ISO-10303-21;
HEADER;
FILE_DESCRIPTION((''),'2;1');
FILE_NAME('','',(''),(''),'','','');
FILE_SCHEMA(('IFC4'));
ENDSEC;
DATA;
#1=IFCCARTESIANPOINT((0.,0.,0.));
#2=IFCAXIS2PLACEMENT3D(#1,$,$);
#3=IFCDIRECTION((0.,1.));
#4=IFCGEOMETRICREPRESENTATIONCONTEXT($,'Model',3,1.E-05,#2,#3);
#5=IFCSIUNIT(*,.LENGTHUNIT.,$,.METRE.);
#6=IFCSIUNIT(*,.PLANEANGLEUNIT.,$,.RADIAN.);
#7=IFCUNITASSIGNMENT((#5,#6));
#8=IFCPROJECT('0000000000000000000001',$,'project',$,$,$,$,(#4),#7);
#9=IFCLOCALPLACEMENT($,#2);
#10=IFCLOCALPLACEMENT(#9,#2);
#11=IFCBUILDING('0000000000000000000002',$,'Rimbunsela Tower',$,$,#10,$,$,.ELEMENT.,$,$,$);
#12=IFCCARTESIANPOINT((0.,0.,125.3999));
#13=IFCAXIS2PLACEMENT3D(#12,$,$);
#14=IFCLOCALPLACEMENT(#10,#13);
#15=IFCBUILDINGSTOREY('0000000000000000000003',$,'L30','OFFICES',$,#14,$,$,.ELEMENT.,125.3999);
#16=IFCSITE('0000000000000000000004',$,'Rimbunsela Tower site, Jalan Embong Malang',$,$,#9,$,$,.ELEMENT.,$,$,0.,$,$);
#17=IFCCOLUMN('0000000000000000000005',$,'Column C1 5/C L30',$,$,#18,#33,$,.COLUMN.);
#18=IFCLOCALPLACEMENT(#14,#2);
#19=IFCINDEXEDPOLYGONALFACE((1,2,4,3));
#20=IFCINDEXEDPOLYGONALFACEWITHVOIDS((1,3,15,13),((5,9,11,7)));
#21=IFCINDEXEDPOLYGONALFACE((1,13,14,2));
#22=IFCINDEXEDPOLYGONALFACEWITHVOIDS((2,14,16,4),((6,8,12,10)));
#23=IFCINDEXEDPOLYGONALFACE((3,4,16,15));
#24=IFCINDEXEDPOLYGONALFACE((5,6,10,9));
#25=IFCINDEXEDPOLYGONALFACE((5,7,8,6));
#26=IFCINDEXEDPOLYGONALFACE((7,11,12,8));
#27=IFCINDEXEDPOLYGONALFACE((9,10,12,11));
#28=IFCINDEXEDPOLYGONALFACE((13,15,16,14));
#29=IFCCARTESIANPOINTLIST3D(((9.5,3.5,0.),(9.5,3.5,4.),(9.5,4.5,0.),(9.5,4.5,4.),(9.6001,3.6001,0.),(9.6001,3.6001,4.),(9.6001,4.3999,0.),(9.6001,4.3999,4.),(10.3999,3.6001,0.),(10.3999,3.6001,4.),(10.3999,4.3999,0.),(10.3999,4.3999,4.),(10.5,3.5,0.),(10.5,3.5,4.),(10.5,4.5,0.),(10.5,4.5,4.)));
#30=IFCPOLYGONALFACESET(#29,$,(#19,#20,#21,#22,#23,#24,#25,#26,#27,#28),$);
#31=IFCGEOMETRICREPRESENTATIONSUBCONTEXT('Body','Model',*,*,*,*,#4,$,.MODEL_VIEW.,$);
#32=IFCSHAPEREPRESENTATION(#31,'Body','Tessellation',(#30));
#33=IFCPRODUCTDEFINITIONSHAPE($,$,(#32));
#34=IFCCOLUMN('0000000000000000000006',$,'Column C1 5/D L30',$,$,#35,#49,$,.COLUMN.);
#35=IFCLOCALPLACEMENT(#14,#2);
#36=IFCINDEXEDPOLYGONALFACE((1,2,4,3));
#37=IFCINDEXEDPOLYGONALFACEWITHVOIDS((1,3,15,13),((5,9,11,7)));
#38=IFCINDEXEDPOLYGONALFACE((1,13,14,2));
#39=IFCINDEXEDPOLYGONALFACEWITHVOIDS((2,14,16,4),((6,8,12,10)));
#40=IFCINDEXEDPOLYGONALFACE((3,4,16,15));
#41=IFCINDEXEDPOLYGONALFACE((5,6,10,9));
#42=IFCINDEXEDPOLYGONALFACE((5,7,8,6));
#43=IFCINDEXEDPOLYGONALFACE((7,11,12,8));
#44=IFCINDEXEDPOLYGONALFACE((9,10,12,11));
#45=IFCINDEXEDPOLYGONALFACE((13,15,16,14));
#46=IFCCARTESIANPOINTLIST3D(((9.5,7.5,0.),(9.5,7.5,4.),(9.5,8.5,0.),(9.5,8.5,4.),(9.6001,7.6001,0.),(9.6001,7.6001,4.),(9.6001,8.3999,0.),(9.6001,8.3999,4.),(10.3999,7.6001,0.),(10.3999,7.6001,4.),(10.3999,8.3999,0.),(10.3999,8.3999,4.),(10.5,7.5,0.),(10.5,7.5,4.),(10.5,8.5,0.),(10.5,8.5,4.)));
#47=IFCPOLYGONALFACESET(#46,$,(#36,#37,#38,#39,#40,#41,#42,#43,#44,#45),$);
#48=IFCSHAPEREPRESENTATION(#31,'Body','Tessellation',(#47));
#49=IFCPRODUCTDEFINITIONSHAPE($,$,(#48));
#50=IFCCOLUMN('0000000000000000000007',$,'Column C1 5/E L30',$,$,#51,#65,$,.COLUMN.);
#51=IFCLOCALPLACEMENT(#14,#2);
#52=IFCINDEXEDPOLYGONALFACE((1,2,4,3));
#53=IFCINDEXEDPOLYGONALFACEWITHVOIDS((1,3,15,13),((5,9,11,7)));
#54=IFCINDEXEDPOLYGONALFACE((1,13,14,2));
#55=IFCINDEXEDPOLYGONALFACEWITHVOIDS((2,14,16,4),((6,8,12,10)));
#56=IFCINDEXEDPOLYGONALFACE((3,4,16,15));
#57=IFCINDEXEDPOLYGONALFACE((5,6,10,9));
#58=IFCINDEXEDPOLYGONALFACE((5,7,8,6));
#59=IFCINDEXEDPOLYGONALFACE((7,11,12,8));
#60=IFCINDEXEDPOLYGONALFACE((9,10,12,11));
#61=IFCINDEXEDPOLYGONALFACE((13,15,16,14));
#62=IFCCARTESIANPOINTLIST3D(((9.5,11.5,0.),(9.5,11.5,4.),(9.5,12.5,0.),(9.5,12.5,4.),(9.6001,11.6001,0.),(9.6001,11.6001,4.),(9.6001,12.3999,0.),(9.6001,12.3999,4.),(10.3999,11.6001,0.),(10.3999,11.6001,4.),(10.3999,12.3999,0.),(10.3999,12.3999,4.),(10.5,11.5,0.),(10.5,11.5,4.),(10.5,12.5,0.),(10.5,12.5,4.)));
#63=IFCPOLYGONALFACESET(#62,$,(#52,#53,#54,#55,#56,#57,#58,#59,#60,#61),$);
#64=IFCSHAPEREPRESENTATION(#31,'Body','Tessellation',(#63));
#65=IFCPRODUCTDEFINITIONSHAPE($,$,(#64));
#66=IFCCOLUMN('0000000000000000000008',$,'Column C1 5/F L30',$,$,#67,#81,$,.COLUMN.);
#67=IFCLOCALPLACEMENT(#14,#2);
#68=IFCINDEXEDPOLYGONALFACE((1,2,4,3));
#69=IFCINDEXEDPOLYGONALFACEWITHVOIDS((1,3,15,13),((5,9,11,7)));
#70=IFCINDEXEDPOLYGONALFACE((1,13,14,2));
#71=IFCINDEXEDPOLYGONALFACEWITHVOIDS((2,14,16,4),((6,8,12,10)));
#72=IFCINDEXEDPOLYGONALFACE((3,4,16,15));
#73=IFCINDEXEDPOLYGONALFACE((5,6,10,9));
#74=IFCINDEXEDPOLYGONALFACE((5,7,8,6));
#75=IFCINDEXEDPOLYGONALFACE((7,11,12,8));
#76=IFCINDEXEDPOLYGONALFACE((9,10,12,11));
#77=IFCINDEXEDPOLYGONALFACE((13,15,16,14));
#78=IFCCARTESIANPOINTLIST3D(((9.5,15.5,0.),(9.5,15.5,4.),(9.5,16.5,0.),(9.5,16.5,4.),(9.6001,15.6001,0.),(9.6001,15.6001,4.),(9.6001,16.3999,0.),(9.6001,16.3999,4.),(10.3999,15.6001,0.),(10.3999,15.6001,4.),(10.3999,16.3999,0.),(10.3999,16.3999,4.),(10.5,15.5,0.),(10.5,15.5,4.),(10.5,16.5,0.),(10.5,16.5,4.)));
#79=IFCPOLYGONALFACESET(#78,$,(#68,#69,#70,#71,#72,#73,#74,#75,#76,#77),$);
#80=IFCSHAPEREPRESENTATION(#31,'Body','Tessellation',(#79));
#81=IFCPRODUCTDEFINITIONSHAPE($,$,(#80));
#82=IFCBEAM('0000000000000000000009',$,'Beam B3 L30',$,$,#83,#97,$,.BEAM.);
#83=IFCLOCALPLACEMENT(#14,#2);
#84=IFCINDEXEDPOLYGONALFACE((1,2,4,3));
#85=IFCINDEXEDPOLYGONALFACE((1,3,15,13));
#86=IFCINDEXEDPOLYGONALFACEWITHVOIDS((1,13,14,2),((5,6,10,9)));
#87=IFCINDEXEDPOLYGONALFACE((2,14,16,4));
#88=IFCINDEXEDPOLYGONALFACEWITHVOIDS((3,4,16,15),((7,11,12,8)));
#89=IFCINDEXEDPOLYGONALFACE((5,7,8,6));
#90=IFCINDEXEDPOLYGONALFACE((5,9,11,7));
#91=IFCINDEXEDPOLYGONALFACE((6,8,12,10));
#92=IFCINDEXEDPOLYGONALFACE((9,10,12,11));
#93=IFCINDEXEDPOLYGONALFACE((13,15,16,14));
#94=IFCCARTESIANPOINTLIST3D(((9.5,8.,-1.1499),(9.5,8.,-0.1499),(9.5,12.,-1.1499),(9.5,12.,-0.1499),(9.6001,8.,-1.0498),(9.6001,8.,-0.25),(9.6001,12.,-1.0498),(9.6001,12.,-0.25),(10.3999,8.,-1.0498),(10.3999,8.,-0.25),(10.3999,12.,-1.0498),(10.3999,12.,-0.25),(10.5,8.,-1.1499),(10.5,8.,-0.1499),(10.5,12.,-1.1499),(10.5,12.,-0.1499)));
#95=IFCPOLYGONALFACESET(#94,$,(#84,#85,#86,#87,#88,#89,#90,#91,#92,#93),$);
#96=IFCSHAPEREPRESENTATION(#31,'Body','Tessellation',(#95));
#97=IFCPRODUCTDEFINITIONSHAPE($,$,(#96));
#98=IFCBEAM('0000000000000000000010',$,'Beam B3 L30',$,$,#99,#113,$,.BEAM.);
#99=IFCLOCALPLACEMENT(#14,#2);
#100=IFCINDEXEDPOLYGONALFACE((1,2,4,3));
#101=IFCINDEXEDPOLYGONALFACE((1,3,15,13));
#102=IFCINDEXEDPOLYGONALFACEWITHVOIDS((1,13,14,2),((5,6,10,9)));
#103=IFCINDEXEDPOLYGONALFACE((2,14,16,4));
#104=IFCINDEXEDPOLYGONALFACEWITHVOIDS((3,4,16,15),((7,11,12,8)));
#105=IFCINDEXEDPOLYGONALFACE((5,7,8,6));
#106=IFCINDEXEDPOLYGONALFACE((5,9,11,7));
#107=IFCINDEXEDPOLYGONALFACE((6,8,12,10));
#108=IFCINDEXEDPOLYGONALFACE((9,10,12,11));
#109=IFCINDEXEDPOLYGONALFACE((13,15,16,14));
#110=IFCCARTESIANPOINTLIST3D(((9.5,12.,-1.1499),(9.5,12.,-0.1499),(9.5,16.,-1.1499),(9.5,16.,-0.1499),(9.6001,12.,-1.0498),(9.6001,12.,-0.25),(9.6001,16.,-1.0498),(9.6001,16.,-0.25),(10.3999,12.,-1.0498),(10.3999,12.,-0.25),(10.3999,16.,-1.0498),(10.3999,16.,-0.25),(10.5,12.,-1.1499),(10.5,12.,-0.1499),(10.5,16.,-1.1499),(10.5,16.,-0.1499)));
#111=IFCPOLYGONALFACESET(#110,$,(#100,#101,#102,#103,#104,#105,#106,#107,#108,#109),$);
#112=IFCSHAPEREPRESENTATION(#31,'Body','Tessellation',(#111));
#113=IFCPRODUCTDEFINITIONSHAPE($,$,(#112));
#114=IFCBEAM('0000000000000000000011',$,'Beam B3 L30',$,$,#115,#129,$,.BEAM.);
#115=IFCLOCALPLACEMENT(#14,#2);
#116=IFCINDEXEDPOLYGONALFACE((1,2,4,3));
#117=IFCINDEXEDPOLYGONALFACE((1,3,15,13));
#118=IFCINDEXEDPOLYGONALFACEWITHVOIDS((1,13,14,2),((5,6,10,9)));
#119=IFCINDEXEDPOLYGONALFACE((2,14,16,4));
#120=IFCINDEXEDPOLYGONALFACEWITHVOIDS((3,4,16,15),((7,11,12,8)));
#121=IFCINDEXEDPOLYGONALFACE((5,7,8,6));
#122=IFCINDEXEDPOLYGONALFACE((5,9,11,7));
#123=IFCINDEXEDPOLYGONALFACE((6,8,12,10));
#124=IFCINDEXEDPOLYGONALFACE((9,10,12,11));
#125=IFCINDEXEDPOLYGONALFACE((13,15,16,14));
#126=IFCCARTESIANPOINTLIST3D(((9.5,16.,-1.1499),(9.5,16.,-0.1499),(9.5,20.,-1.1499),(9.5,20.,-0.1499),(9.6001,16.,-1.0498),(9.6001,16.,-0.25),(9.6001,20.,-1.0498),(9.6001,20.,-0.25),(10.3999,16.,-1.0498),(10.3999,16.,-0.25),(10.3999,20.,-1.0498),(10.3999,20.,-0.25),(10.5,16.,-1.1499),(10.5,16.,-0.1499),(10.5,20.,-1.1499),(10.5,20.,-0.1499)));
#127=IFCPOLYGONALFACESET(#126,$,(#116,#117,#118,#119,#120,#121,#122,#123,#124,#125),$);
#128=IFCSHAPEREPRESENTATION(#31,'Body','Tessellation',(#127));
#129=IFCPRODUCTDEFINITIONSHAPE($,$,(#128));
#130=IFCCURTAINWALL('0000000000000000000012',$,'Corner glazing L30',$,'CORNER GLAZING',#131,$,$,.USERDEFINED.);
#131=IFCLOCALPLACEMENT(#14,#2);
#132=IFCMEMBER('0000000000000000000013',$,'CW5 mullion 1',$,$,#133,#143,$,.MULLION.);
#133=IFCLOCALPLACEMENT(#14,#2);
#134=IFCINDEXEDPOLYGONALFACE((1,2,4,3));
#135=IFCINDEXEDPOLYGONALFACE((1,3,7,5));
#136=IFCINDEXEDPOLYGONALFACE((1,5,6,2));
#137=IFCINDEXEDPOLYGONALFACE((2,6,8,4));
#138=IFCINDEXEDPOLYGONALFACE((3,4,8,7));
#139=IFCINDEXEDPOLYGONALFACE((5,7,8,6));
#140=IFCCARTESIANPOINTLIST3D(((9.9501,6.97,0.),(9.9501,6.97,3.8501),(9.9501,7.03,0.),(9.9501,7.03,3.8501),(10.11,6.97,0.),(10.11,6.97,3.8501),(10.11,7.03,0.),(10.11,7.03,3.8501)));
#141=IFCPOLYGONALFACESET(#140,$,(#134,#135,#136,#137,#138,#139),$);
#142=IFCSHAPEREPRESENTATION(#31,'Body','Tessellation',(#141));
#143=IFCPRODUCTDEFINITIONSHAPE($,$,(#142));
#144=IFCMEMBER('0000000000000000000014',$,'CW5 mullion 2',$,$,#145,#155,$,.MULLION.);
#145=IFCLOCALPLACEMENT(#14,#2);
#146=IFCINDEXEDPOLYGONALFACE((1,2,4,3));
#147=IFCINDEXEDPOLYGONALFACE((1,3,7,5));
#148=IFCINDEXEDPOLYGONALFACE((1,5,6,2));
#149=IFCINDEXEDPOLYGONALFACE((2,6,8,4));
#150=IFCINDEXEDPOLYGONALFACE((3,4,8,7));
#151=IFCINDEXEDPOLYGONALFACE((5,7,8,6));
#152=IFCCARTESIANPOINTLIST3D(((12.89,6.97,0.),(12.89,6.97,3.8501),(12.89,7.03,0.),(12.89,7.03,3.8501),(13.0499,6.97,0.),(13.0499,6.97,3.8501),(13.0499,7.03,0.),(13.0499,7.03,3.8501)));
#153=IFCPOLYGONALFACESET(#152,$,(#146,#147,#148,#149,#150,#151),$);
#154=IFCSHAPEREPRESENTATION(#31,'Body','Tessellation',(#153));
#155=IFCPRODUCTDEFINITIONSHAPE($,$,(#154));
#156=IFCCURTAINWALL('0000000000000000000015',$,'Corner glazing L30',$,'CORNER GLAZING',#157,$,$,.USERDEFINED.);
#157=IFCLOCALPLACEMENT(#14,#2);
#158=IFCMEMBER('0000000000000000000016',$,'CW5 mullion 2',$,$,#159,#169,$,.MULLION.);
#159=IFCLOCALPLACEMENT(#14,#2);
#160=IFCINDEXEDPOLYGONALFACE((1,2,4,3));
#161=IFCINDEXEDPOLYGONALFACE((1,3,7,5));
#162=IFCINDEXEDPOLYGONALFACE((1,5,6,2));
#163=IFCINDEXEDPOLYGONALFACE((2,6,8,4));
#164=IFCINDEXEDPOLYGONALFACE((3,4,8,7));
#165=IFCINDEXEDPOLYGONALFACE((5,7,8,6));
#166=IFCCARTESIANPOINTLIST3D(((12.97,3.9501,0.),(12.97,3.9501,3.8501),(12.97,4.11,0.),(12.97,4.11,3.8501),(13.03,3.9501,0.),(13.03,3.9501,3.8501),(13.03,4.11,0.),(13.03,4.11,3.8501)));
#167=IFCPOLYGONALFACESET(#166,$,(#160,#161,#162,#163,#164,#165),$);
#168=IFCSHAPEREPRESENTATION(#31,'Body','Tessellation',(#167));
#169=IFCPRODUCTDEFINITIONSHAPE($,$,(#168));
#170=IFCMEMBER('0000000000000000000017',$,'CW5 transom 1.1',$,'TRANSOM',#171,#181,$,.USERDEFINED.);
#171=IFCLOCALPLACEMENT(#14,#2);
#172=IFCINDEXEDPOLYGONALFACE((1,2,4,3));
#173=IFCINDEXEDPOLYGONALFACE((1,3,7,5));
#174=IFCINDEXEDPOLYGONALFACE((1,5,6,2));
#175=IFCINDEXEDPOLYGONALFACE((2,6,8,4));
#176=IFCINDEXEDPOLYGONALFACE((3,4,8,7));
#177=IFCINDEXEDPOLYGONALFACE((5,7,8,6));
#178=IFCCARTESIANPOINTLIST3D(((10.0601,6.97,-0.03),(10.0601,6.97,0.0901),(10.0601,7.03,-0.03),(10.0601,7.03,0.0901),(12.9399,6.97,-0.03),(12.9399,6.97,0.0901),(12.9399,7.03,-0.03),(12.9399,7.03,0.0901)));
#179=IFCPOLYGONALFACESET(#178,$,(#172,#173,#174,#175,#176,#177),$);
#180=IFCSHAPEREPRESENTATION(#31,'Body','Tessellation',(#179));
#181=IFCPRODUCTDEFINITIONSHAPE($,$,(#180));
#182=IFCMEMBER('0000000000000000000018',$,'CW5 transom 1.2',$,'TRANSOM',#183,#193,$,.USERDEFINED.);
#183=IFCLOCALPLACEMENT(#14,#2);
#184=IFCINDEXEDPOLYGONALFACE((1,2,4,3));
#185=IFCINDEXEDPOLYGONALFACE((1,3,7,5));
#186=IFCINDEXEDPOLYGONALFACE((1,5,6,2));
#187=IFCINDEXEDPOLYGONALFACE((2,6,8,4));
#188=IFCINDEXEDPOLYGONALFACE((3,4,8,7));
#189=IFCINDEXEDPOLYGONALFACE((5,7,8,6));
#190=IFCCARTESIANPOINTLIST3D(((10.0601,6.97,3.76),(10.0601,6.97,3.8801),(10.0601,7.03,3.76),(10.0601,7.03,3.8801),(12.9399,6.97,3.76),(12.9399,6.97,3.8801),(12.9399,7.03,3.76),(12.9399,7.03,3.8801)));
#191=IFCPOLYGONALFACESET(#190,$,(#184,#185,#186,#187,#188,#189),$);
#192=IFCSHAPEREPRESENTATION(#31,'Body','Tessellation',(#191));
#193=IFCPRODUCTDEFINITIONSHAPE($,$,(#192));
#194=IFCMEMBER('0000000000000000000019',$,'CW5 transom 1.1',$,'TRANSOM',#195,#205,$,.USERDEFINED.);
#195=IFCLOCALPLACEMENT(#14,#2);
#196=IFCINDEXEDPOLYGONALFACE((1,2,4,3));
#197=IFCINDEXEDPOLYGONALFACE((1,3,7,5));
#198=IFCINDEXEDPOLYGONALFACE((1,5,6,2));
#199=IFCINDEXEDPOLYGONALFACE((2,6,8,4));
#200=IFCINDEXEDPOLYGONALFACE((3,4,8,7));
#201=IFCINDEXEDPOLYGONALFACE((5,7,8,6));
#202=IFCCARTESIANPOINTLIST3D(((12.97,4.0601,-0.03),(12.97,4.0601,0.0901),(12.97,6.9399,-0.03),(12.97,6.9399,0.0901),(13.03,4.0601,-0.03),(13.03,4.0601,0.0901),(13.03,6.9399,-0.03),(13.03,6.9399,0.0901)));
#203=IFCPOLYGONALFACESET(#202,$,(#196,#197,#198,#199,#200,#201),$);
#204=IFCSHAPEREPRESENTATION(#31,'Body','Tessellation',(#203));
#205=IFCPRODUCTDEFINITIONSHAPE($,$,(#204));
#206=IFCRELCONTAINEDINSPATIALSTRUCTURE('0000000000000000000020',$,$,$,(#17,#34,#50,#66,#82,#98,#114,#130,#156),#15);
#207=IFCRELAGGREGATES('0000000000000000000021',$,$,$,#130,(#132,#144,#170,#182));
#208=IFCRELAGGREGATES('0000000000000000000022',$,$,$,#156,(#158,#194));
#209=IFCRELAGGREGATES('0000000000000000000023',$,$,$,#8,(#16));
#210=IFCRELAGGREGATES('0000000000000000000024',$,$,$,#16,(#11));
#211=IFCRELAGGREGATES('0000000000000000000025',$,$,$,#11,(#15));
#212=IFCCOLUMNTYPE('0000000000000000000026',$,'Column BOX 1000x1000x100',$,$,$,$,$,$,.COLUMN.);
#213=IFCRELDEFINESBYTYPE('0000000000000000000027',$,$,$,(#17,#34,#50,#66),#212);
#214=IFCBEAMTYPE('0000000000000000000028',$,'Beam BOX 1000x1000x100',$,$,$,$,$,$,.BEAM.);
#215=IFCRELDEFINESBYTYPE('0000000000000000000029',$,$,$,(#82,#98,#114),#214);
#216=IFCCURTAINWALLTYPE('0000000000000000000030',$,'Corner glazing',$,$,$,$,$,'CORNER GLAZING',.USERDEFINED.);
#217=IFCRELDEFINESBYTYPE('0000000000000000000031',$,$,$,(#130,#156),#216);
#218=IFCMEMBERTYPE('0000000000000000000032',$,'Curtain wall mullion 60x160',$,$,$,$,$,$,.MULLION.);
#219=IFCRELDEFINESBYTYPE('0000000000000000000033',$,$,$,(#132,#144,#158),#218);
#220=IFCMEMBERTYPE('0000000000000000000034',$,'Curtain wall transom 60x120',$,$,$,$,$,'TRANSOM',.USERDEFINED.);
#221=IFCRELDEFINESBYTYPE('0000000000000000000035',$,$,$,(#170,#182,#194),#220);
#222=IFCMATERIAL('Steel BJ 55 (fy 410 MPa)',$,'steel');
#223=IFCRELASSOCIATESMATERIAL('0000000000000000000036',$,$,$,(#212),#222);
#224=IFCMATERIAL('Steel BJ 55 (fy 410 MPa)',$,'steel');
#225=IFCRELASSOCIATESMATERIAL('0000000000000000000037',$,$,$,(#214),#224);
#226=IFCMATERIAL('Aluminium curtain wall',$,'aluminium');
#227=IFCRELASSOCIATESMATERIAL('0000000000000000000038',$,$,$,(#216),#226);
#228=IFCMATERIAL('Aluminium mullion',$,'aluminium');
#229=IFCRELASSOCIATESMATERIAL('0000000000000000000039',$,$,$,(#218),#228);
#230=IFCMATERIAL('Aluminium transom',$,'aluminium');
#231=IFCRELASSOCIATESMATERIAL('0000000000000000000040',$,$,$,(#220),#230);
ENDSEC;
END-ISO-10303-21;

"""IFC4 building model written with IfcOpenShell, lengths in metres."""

from ifc_helpers import new_model, si_unit, direction, frame, origin, origin_2d, place, context, subcontext, project, spatial, rectangle, hollow_rectangle, extrude, material, material_profile, profile_set, type_object, element, aggregate, save


model = new_model("IFC4")

# Units and contexts
model_context = context("Model", 3, precision=1e-05, world=origin(), true_north=direction((0.0, 1.0)))
body_context = subcontext(model_context, "Body", "Model", "MODEL_VIEW")
ifc_project = project(units=[si_unit("LENGTHUNIT", "METRE"), si_unit("PLANEANGLEUNIT", "RADIAN")], contexts=[model_context])

# Site, building, storey
site_placement = place(None, origin())
site = spatial("IfcSite", under=ifc_project, at=site_placement, Name="Rimbunsela Tower site, Jalan Embong Malang", CompositionType="ELEMENT", RefElevation=0.0)
building_placement = place(site_placement, origin())
building = spatial("IfcBuilding", under=site, at=building_placement, Name="Rimbunsela Tower", CompositionType="ELEMENT")
storey_placement = place(building_placement, frame((0.0, 0.0, 125.3999)))
storey = spatial("IfcBuildingStorey", under=building, at=storey_placement, Name="L30", Description="OFFICES", CompositionType="ELEMENT", Elevation=125.3999)

# Columns
ifc_material_1 = material(Name="Steel BJ 55 (fy 410 MPa)", Category="steel")
ifc_material_profile_1 = material_profile(ifc_material_1, hollow_rectangle(XDim=1.0, YDim=1.0, WallThickness=0.1001, at=origin_2d()), Name="BOX 1000x1000x100")
ifc_profile_set_1 = profile_set([ifc_material_profile_1], Name="Steel BJ 55 (fy 410 MPa)")
column_type = type_object("IfcColumnType", Name="Column BOX 1000x1000x100", PredefinedType="COLUMN", material=ifc_profile_set_1)
for number, where, z_axis, x_axis, name in (
    (1, (10.0, 4.0, 0.0), (0.0, 0.0, 1.0), (1.0, 0.0, 0.0), "Column C1 5/C L30"),
    (2, (10.0, 8.0, 0.0), (0.0, 0.0, 1.0), (1.0, 0.0, 0.0), "Column C1 5/D L30"),
    (3, (10.0, 12.0, 0.0), (0.0, 0.0, 1.0), (1.0, 0.0, 0.0), "Column C1 5/E L30"),
    (4, (10.0, 16.0, 0.0), (0.0, 0.0, 1.0), (1.0, 0.0, 0.0), "Column C1 5/F L30"),
):
    element("IfcColumn", number, at=place(storey_placement, frame(where, z_axis=z_axis, x_axis=x_axis)), inside=storey, type_object=column_type, Name=name, PredefinedType="COLUMN", context=body_context, shape_type="SweptSolid", body=[
        extrude(hollow_rectangle(XDim=1.0, YDim=1.0, WallThickness=0.1001, at=origin_2d()), origin(), (0.0, 0.0, 1.0), 4.0),
    ])

# Beams
ifc_material_2 = material(Name="Steel BJ 55 (fy 410 MPa)", Category="steel")
ifc_material_profile_2 = material_profile(ifc_material_2, hollow_rectangle(XDim=1.0, YDim=1.0, WallThickness=0.1001, at=origin_2d()), Name="BOX 1000x1000x100")
ifc_profile_set_2 = profile_set([ifc_material_profile_2], Name="Steel BJ 55 (fy 410 MPa)")
beam_type = type_object("IfcBeamType", Name="Beam BOX 1000x1000x100", PredefinedType="BEAM", material=ifc_profile_set_2)
for number, where, z_axis, x_axis, name in (
    (5, (10.0, 8.0, -0.6499), (0.0, 1.0, 0.0), (-1.0, 0.0, 0.0), "Beam B3 L30"),
    (6, (10.0, 12.0, -0.6499), (0.0, 1.0, 0.0), (-1.0, 0.0, 0.0), "Beam B3 L30"),
    (7, (10.0, 16.0, -0.6499), (0.0, 1.0, 0.0), (-1.0, 0.0, 0.0), "Beam B3 L30"),
):
    element("IfcBeam", number, at=place(storey_placement, frame(where, z_axis=z_axis, x_axis=x_axis)), inside=storey, type_object=beam_type, Name=name, PredefinedType="BEAM", context=body_context, shape_type="SweptSolid", body=[
        extrude(hollow_rectangle(XDim=1.0, YDim=1.0, WallThickness=0.1001, at=origin_2d()), origin(), (0.0, 0.0, 1.0), 4.0),
    ])

# Curtain wall, members
ifc_material_3 = material(Name="Aluminium curtain wall", Category="aluminium")
curtain_wall_type = type_object("IfcCurtainWallType", Name="Corner glazing", ElementType="CORNER GLAZING", PredefinedType="USERDEFINED", material=ifc_material_3)
curtain_wall_1_placement = place(storey_placement, origin())
curtain_wall_1 = element("IfcCurtainWall", 8, at=curtain_wall_1_placement, inside=storey, type_object=curtain_wall_type, Name="Corner glazing L30", ObjectType="CORNER GLAZING", PredefinedType="USERDEFINED")
ifc_material_4 = material(Name="Aluminium mullion", Category="aluminium")
ifc_material_profile_3 = material_profile(ifc_material_4, rectangle(XDim=0.0601, YDim=0.1599, at=origin_2d()), Name="Mullion 60x160")
ifc_profile_set_3 = profile_set([ifc_material_profile_3], Name="Aluminium mullion")
member_type_1 = type_object("IfcMemberType", Name="Curtain wall mullion 60x160", PredefinedType="MULLION", material=ifc_profile_set_3)
member_1_placement = place(storey_placement, frame((10.03, 7.0, 0.0), z_axis=(0.0, 0.0, 1.0), x_axis=(0.0, 1.0, 0.0)))
member_1 = element("IfcMember", 9, at=member_1_placement, type_object=member_type_1, Name="CW5 mullion 1", PredefinedType="MULLION", context=body_context, shape_type="SweptSolid", body=[
    extrude(rectangle(XDim=0.0601, YDim=0.1599, at=origin_2d()), origin(), (0.0, 0.0, 1.0), 3.8501),
])
member_2_placement = place(storey_placement, frame((12.97, 7.0, 0.0), z_axis=(0.0, 0.0, 1.0), x_axis=(0.0, 1.0, 0.0)))
member_2 = element("IfcMember", 10, at=member_2_placement, type_object=member_type_1, Name="CW5 mullion 2", PredefinedType="MULLION", context=body_context, shape_type="SweptSolid", body=[
    extrude(rectangle(XDim=0.0601, YDim=0.1599, at=origin_2d()), origin(), (0.0, 0.0, 1.0), 3.8501),
])

# Curtain wall, member
curtain_wall_2_placement = place(storey_placement, origin())
curtain_wall_2 = element("IfcCurtainWall", 11, at=curtain_wall_2_placement, inside=storey, type_object=curtain_wall_type, Name="Corner glazing L30", ObjectType="CORNER GLAZING", PredefinedType="USERDEFINED")
member_3_placement = place(storey_placement, frame((13.0, 4.03, 0.0), z_axis=(0.0, 0.0, 1.0), x_axis=(1.0, 0.0, 0.0)))
member_3 = element("IfcMember", 12, at=member_3_placement, type_object=member_type_1, Name="CW5 mullion 2", PredefinedType="MULLION", context=body_context, shape_type="SweptSolid", body=[
    extrude(rectangle(XDim=0.0601, YDim=0.1599, at=origin_2d()), origin(), (0.0, 0.0, 1.0), 3.8501),
])

# Members
ifc_material_5 = material(Name="Aluminium transom", Category="aluminium")
ifc_material_profile_4 = material_profile(ifc_material_5, rectangle(XDim=0.0601, YDim=0.1201, at=origin_2d()), Name="Transom 60x120")
ifc_profile_set_4 = profile_set([ifc_material_profile_4], Name="Aluminium transom")
member_type_2 = type_object("IfcMemberType", Name="Curtain wall transom 60x120", ElementType="TRANSOM", PredefinedType="USERDEFINED", material=ifc_profile_set_4)
member_4_placement = place(storey_placement, frame((10.0601, 7.0, 0.03), z_axis=(1.0, 0.0, 0.0), x_axis=(0.0, 1.0, 0.0)))
member_4 = element("IfcMember", 13, at=member_4_placement, type_object=member_type_2, Name="CW5 transom 1.1", ObjectType="TRANSOM", PredefinedType="USERDEFINED", context=body_context, shape_type="SweptSolid", body=[
    extrude(rectangle(XDim=0.0601, YDim=0.1201, at=origin_2d()), origin(), (0.0, 0.0, 1.0), 2.8799),
])
member_5_placement = place(storey_placement, frame((10.0601, 7.0, 3.8201), z_axis=(1.0, 0.0, 0.0), x_axis=(0.0, 1.0, 0.0)))
member_5 = element("IfcMember", 14, at=member_5_placement, type_object=member_type_2, Name="CW5 transom 1.2", ObjectType="TRANSOM", PredefinedType="USERDEFINED", context=body_context, shape_type="SweptSolid", body=[
    extrude(rectangle(XDim=0.0601, YDim=0.1201, at=origin_2d()), origin(), (0.0, 0.0, 1.0), 2.8799),
])
member_6_placement = place(storey_placement, frame((13.0, 6.9399, 0.03), z_axis=(0.0, -1.0, 0.0), x_axis=(1.0, 0.0, 0.0)))
member_6 = element("IfcMember", 15, at=member_6_placement, type_object=member_type_2, Name="CW5 transom 1.1", ObjectType="TRANSOM", PredefinedType="USERDEFINED", context=body_context, shape_type="SweptSolid", body=[
    extrude(rectangle(XDim=0.0601, YDim=0.1201, at=origin_2d()), origin(), (0.0, 0.0, 1.0), 2.8799),
])

aggregate(curtain_wall_1, [member_1, member_2, member_4, member_5])
aggregate(curtain_wall_2, [member_3, member_6])

save(model, "model.ifc")
